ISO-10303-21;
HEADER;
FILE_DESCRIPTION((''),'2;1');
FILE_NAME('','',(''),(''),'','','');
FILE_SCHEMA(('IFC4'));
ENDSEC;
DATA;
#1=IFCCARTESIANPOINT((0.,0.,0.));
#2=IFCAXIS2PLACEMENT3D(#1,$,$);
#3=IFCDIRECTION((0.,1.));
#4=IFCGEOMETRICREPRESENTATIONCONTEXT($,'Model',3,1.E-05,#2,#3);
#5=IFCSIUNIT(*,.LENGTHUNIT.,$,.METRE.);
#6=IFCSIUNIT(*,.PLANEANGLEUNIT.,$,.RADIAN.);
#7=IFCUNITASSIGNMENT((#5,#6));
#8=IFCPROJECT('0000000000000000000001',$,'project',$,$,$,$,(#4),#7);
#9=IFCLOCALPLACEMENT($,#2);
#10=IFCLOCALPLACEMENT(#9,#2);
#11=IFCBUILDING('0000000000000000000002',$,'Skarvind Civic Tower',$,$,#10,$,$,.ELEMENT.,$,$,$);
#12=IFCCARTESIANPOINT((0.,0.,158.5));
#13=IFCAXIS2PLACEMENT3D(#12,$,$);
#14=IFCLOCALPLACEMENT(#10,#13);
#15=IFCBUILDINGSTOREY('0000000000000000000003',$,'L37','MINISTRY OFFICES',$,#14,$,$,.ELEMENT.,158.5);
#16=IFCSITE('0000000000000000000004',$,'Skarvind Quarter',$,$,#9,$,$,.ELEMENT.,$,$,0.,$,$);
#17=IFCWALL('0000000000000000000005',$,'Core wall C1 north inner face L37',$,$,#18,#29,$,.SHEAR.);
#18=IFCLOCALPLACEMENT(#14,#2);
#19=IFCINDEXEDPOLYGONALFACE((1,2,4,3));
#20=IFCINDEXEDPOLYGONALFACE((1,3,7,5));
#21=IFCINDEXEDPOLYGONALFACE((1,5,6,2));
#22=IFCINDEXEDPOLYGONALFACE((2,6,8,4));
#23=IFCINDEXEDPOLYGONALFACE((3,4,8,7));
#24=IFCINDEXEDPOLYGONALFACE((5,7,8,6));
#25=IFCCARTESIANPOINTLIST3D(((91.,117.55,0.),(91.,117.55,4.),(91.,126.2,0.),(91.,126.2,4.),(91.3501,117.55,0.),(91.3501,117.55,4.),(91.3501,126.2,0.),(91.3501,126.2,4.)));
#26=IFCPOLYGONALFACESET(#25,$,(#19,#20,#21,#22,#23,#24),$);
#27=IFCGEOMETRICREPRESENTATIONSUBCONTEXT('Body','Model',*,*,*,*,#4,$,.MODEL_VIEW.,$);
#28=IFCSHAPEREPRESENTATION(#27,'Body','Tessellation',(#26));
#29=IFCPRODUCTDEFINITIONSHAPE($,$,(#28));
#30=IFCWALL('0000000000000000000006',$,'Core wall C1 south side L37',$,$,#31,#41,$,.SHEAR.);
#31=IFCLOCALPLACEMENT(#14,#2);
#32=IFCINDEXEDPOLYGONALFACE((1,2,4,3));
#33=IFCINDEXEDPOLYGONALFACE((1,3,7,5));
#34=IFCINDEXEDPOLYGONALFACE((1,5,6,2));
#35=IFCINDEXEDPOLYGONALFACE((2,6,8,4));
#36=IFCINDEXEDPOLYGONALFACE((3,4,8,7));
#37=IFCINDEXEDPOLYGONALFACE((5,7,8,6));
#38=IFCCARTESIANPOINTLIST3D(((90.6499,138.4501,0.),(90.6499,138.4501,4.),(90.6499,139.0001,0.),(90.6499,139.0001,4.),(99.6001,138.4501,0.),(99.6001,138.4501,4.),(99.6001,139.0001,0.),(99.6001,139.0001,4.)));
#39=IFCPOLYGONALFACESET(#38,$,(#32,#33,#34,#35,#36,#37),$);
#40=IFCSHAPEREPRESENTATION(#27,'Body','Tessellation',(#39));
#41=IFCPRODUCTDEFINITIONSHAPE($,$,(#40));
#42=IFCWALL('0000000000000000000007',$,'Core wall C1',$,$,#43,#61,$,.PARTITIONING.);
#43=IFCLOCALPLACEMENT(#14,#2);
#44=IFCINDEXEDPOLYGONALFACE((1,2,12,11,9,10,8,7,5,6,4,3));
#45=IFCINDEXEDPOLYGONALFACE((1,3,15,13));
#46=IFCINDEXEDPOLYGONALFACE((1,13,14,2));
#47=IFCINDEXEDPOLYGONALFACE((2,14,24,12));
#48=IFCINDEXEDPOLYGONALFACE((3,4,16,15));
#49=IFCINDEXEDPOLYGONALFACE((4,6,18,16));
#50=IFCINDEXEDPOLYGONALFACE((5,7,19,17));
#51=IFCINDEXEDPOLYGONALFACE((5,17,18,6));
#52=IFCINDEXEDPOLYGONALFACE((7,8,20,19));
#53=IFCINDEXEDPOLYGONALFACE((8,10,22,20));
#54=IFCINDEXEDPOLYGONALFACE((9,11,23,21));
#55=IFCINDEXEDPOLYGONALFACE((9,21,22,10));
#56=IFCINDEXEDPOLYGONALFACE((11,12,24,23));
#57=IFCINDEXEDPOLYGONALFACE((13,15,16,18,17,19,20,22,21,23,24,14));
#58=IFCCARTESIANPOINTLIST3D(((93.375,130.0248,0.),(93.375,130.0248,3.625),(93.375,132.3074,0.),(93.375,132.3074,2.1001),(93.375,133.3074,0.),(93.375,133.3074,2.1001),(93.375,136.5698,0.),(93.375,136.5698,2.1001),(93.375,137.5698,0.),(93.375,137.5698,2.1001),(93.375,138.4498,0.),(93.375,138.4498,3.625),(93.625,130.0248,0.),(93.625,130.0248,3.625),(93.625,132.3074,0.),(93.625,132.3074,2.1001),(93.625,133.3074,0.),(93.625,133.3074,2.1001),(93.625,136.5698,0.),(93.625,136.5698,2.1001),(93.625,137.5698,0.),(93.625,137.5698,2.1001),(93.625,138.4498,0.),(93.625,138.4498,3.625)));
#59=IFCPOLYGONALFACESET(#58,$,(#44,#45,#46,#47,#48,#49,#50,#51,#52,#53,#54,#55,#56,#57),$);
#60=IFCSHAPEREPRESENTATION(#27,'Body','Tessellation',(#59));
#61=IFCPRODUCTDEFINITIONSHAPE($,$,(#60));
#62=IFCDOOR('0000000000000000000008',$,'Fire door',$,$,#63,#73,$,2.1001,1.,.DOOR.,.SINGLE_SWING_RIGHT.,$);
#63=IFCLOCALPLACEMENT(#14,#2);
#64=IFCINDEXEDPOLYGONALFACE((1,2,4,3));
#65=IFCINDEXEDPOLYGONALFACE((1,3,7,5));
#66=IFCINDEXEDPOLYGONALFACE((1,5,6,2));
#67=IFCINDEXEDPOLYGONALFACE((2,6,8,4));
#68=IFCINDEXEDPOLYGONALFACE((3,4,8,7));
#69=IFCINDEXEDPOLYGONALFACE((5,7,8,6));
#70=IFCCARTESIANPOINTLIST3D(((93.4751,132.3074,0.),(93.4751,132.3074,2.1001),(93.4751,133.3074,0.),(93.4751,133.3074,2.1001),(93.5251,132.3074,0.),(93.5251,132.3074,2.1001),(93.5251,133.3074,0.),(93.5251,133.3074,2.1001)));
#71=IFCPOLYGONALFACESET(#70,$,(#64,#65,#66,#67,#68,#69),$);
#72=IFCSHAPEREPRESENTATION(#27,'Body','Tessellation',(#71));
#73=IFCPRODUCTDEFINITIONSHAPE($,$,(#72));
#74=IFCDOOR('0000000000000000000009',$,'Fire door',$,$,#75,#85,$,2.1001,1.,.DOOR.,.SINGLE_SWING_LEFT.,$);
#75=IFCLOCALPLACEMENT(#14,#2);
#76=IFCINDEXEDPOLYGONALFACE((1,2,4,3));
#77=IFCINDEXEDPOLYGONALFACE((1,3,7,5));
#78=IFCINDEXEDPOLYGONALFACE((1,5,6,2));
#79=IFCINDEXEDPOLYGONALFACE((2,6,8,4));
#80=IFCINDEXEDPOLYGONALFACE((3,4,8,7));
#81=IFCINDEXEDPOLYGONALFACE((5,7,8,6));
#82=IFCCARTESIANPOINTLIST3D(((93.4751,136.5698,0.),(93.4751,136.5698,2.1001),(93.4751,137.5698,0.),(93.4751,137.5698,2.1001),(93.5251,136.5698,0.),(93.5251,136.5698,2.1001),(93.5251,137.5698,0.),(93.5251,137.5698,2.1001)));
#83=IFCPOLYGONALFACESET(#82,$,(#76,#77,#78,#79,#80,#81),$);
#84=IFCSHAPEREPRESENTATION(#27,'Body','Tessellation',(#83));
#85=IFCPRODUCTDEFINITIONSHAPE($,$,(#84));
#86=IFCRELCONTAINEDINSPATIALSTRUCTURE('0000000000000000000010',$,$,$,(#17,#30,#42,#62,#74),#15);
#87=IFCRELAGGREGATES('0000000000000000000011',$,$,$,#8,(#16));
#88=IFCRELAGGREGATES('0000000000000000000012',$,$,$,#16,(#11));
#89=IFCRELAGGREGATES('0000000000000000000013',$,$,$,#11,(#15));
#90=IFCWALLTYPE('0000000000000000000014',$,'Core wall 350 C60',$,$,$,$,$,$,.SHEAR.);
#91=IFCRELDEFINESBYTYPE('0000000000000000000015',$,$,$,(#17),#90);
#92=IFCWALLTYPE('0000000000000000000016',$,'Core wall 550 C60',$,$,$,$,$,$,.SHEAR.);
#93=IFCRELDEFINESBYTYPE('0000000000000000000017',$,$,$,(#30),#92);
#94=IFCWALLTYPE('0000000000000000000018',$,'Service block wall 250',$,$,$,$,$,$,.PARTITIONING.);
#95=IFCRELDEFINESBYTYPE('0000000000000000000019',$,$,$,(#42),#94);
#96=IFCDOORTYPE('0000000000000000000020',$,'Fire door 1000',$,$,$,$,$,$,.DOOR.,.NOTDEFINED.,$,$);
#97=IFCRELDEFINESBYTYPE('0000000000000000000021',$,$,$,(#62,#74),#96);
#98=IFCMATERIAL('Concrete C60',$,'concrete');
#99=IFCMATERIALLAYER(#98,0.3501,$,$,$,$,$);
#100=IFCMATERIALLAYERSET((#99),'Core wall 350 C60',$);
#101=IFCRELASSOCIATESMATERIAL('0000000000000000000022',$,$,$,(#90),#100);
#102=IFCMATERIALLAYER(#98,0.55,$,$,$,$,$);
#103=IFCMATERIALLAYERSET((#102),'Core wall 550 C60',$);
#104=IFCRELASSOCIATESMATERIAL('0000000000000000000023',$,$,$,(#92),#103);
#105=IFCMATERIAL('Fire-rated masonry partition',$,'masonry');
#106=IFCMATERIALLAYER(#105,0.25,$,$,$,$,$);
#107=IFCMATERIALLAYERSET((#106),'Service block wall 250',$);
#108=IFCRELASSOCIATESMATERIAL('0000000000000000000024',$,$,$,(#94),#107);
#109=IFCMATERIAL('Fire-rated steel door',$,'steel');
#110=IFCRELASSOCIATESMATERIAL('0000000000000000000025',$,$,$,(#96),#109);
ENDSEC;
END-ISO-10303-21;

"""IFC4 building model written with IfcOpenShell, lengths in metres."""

from ifc_helpers import new_model, si_unit, direction, frame, frame_2d, origin, place, context, subcontext, project, spatial, rectangle, extrude, material, layer, layer_set, type_object, element, fill, save


model = new_model("IFC4")

# Units and contexts
model_context = context("Model", 3, precision=1e-05, world=origin(), true_north=direction((0.0, 1.0)))
body_context = subcontext(model_context, "Body", "Model", "MODEL_VIEW")
ifc_project = project(units=[si_unit("LENGTHUNIT", "METRE"), si_unit("PLANEANGLEUNIT", "RADIAN")], contexts=[model_context])

# Site, building, storey
site_placement = place(None, origin())
site = spatial("IfcSite", under=ifc_project, at=site_placement, Name="Skarvind Quarter", CompositionType="ELEMENT", RefElevation=0.0)
building_placement = place(site_placement, origin())
building = spatial("IfcBuilding", under=site, at=building_placement, Name="Skarvind Civic Tower", CompositionType="ELEMENT")
storey_placement = place(building_placement, frame((0.0, 0.0, 158.5)))
storey = spatial("IfcBuildingStorey", under=building, at=storey_placement, Name="L37", Description="MINISTRY OFFICES", CompositionType="ELEMENT", Elevation=158.5)

# Shared definitions
ifc_material_1 = material(Name="Concrete C60", Category="concrete")

# Shared definitions
ifc_material_2 = material(Name="Fire-rated masonry partition", Category="masonry")
ifc_material_3 = material(Name="Fire-rated steel door", Category="steel")

# Walls
ifc_layer_1 = layer(ifc_material_1, 0.3501)
ifc_layer_set_1 = layer_set([ifc_layer_1], Name="Core wall 350 C60")
wall_type_1 = type_object("IfcWallType", Name="Core wall 350 C60", PredefinedType="SHEAR", material=ifc_layer_set_1)
for number, where, z_axis, x_axis, name in (
    (1, (91.175, 126.2, 0.0), (0.0, 0.0, 1.0), (0.0, -1.0, 0.0), "Core wall C1 north inner face L37"),
):
    element("IfcWall", number, at=place(storey_placement, frame(where, z_axis=z_axis, x_axis=x_axis)), inside=storey, type_object=wall_type_1, Name=name, PredefinedType="SHEAR", context=body_context, shape_type="SweptSolid", body=[
        extrude(rectangle(XDim=8.6499, YDim=0.3501, at=frame_2d((4.325, 0.0))), origin(), (0.0, 0.0, 1.0), 4.0),
    ])
ifc_layer_2 = layer(ifc_material_1, 0.55)
ifc_layer_set_2 = layer_set([ifc_layer_2], Name="Core wall 550 C60")
wall_type_2 = type_object("IfcWallType", Name="Core wall 550 C60", PredefinedType="SHEAR", material=ifc_layer_set_2)
wall_1_placement = place(storey_placement, frame((99.6001, 138.7251, 0.0), z_axis=(0.0, 0.0, 1.0), x_axis=(-1.0, 0.0, 0.0)))
element("IfcWall", 2, at=wall_1_placement, inside=storey, type_object=wall_type_2, Name="Core wall C1 south side L37", PredefinedType="SHEAR", context=body_context, shape_type="SweptSolid", body=[
    extrude(rectangle(XDim=8.9502, YDim=0.55, at=frame_2d((4.4751, 0.0))), origin(), (0.0, 0.0, 1.0), 4.0),
])

# Wall, openings, doors
ifc_layer_3 = layer(ifc_material_2, 0.25)
ifc_layer_set_3 = layer_set([ifc_layer_3], Name="Service block wall 250")
wall_type_3 = type_object("IfcWallType", Name="Service block wall 250", PredefinedType="PARTITIONING", material=ifc_layer_set_3)
wall_2_placement = place(storey_placement, frame((93.5, 130.0249, 0.0), z_axis=(0.0, 0.0, 1.0), x_axis=(0.0, 1.0, 0.0)))
wall_2 = element("IfcWall", 3, at=wall_2_placement, inside=storey, type_object=wall_type_3, Name="Core wall C1", PredefinedType="PARTITIONING", context=body_context, shape_type="SweptSolid", body=[
    extrude(rectangle(XDim=8.425, YDim=0.25, at=frame_2d((4.2124, 0.0))), origin(), (0.0, 0.0, 1.0), 3.625),
])
opening_1_placement = place(wall_2_placement, frame((2.2825, 0.0, 0.0)))
opening_1 = element("IfcOpeningElement", 4, at=opening_1_placement, cuts=wall_2, PredefinedType="OPENING", context=body_context, shape_type="SweptSolid", body=[
    extrude(rectangle(XDim=1.0, YDim=2.1001, at=frame_2d((0.5, 1.05))), frame((0.0, 0.135, 0.0), z_axis=(0.0, -1.0, 0.0), x_axis=(1.0, 0.0, 0.0)), (0.0, 0.0, 1.0), 0.27),
])
opening_2_placement = place(wall_2_placement, frame((6.5449, 0.0, 0.0)))
opening_2 = element("IfcOpeningElement", 5, at=opening_2_placement, cuts=wall_2, PredefinedType="OPENING", context=body_context, shape_type="SweptSolid", body=[
    extrude(rectangle(XDim=1.0, YDim=2.1001, at=frame_2d((0.5, 1.05))), frame((0.0, 0.135, 0.0), z_axis=(0.0, -1.0, 0.0), x_axis=(1.0, 0.0, 0.0)), (0.0, 0.0, 1.0), 0.27),
])
door_type_1 = type_object("IfcDoorType", Name="Fire door 1000", OperationType="NOTDEFINED", PredefinedType="DOOR", material=ifc_material_3)
door_1_placement = place(opening_1_placement, origin())
door_1 = element("IfcDoor", 6, at=door_1_placement, inside=storey, type_object=door_type_1, Name="Fire door", OperationType="SINGLE_SWING_RIGHT", OverallHeight=2.1001, OverallWidth=1.0, PredefinedType="DOOR", context=body_context, shape_type="SweptSolid", body=[
    extrude(rectangle(XDim=1.0, YDim=2.1001, at=frame_2d((0.5, 1.05))), frame((0.0, 0.0249, 0.0), z_axis=(0.0, -1.0, 0.0), x_axis=(1.0, 0.0, 0.0)), (0.0, 0.0, 1.0), 0.05),
])
fill(opening_1, door_1)
door_2_placement = place(opening_2_placement, origin())
door_2 = element("IfcDoor", 7, at=door_2_placement, inside=storey, type_object=door_type_1, Name="Fire door", OperationType="SINGLE_SWING_LEFT", OverallHeight=2.1001, OverallWidth=1.0, PredefinedType="DOOR", context=body_context, shape_type="SweptSolid", body=[
    extrude(rectangle(XDim=1.0, YDim=2.1001, at=frame_2d((0.5, 1.05))), frame((0.0, 0.0249, 0.0), z_axis=(0.0, -1.0, 0.0), x_axis=(1.0, 0.0, 0.0)), (0.0, 0.0, 1.0), 0.05),
])
fill(opening_2, door_2)

save(model, "model.ifc")
